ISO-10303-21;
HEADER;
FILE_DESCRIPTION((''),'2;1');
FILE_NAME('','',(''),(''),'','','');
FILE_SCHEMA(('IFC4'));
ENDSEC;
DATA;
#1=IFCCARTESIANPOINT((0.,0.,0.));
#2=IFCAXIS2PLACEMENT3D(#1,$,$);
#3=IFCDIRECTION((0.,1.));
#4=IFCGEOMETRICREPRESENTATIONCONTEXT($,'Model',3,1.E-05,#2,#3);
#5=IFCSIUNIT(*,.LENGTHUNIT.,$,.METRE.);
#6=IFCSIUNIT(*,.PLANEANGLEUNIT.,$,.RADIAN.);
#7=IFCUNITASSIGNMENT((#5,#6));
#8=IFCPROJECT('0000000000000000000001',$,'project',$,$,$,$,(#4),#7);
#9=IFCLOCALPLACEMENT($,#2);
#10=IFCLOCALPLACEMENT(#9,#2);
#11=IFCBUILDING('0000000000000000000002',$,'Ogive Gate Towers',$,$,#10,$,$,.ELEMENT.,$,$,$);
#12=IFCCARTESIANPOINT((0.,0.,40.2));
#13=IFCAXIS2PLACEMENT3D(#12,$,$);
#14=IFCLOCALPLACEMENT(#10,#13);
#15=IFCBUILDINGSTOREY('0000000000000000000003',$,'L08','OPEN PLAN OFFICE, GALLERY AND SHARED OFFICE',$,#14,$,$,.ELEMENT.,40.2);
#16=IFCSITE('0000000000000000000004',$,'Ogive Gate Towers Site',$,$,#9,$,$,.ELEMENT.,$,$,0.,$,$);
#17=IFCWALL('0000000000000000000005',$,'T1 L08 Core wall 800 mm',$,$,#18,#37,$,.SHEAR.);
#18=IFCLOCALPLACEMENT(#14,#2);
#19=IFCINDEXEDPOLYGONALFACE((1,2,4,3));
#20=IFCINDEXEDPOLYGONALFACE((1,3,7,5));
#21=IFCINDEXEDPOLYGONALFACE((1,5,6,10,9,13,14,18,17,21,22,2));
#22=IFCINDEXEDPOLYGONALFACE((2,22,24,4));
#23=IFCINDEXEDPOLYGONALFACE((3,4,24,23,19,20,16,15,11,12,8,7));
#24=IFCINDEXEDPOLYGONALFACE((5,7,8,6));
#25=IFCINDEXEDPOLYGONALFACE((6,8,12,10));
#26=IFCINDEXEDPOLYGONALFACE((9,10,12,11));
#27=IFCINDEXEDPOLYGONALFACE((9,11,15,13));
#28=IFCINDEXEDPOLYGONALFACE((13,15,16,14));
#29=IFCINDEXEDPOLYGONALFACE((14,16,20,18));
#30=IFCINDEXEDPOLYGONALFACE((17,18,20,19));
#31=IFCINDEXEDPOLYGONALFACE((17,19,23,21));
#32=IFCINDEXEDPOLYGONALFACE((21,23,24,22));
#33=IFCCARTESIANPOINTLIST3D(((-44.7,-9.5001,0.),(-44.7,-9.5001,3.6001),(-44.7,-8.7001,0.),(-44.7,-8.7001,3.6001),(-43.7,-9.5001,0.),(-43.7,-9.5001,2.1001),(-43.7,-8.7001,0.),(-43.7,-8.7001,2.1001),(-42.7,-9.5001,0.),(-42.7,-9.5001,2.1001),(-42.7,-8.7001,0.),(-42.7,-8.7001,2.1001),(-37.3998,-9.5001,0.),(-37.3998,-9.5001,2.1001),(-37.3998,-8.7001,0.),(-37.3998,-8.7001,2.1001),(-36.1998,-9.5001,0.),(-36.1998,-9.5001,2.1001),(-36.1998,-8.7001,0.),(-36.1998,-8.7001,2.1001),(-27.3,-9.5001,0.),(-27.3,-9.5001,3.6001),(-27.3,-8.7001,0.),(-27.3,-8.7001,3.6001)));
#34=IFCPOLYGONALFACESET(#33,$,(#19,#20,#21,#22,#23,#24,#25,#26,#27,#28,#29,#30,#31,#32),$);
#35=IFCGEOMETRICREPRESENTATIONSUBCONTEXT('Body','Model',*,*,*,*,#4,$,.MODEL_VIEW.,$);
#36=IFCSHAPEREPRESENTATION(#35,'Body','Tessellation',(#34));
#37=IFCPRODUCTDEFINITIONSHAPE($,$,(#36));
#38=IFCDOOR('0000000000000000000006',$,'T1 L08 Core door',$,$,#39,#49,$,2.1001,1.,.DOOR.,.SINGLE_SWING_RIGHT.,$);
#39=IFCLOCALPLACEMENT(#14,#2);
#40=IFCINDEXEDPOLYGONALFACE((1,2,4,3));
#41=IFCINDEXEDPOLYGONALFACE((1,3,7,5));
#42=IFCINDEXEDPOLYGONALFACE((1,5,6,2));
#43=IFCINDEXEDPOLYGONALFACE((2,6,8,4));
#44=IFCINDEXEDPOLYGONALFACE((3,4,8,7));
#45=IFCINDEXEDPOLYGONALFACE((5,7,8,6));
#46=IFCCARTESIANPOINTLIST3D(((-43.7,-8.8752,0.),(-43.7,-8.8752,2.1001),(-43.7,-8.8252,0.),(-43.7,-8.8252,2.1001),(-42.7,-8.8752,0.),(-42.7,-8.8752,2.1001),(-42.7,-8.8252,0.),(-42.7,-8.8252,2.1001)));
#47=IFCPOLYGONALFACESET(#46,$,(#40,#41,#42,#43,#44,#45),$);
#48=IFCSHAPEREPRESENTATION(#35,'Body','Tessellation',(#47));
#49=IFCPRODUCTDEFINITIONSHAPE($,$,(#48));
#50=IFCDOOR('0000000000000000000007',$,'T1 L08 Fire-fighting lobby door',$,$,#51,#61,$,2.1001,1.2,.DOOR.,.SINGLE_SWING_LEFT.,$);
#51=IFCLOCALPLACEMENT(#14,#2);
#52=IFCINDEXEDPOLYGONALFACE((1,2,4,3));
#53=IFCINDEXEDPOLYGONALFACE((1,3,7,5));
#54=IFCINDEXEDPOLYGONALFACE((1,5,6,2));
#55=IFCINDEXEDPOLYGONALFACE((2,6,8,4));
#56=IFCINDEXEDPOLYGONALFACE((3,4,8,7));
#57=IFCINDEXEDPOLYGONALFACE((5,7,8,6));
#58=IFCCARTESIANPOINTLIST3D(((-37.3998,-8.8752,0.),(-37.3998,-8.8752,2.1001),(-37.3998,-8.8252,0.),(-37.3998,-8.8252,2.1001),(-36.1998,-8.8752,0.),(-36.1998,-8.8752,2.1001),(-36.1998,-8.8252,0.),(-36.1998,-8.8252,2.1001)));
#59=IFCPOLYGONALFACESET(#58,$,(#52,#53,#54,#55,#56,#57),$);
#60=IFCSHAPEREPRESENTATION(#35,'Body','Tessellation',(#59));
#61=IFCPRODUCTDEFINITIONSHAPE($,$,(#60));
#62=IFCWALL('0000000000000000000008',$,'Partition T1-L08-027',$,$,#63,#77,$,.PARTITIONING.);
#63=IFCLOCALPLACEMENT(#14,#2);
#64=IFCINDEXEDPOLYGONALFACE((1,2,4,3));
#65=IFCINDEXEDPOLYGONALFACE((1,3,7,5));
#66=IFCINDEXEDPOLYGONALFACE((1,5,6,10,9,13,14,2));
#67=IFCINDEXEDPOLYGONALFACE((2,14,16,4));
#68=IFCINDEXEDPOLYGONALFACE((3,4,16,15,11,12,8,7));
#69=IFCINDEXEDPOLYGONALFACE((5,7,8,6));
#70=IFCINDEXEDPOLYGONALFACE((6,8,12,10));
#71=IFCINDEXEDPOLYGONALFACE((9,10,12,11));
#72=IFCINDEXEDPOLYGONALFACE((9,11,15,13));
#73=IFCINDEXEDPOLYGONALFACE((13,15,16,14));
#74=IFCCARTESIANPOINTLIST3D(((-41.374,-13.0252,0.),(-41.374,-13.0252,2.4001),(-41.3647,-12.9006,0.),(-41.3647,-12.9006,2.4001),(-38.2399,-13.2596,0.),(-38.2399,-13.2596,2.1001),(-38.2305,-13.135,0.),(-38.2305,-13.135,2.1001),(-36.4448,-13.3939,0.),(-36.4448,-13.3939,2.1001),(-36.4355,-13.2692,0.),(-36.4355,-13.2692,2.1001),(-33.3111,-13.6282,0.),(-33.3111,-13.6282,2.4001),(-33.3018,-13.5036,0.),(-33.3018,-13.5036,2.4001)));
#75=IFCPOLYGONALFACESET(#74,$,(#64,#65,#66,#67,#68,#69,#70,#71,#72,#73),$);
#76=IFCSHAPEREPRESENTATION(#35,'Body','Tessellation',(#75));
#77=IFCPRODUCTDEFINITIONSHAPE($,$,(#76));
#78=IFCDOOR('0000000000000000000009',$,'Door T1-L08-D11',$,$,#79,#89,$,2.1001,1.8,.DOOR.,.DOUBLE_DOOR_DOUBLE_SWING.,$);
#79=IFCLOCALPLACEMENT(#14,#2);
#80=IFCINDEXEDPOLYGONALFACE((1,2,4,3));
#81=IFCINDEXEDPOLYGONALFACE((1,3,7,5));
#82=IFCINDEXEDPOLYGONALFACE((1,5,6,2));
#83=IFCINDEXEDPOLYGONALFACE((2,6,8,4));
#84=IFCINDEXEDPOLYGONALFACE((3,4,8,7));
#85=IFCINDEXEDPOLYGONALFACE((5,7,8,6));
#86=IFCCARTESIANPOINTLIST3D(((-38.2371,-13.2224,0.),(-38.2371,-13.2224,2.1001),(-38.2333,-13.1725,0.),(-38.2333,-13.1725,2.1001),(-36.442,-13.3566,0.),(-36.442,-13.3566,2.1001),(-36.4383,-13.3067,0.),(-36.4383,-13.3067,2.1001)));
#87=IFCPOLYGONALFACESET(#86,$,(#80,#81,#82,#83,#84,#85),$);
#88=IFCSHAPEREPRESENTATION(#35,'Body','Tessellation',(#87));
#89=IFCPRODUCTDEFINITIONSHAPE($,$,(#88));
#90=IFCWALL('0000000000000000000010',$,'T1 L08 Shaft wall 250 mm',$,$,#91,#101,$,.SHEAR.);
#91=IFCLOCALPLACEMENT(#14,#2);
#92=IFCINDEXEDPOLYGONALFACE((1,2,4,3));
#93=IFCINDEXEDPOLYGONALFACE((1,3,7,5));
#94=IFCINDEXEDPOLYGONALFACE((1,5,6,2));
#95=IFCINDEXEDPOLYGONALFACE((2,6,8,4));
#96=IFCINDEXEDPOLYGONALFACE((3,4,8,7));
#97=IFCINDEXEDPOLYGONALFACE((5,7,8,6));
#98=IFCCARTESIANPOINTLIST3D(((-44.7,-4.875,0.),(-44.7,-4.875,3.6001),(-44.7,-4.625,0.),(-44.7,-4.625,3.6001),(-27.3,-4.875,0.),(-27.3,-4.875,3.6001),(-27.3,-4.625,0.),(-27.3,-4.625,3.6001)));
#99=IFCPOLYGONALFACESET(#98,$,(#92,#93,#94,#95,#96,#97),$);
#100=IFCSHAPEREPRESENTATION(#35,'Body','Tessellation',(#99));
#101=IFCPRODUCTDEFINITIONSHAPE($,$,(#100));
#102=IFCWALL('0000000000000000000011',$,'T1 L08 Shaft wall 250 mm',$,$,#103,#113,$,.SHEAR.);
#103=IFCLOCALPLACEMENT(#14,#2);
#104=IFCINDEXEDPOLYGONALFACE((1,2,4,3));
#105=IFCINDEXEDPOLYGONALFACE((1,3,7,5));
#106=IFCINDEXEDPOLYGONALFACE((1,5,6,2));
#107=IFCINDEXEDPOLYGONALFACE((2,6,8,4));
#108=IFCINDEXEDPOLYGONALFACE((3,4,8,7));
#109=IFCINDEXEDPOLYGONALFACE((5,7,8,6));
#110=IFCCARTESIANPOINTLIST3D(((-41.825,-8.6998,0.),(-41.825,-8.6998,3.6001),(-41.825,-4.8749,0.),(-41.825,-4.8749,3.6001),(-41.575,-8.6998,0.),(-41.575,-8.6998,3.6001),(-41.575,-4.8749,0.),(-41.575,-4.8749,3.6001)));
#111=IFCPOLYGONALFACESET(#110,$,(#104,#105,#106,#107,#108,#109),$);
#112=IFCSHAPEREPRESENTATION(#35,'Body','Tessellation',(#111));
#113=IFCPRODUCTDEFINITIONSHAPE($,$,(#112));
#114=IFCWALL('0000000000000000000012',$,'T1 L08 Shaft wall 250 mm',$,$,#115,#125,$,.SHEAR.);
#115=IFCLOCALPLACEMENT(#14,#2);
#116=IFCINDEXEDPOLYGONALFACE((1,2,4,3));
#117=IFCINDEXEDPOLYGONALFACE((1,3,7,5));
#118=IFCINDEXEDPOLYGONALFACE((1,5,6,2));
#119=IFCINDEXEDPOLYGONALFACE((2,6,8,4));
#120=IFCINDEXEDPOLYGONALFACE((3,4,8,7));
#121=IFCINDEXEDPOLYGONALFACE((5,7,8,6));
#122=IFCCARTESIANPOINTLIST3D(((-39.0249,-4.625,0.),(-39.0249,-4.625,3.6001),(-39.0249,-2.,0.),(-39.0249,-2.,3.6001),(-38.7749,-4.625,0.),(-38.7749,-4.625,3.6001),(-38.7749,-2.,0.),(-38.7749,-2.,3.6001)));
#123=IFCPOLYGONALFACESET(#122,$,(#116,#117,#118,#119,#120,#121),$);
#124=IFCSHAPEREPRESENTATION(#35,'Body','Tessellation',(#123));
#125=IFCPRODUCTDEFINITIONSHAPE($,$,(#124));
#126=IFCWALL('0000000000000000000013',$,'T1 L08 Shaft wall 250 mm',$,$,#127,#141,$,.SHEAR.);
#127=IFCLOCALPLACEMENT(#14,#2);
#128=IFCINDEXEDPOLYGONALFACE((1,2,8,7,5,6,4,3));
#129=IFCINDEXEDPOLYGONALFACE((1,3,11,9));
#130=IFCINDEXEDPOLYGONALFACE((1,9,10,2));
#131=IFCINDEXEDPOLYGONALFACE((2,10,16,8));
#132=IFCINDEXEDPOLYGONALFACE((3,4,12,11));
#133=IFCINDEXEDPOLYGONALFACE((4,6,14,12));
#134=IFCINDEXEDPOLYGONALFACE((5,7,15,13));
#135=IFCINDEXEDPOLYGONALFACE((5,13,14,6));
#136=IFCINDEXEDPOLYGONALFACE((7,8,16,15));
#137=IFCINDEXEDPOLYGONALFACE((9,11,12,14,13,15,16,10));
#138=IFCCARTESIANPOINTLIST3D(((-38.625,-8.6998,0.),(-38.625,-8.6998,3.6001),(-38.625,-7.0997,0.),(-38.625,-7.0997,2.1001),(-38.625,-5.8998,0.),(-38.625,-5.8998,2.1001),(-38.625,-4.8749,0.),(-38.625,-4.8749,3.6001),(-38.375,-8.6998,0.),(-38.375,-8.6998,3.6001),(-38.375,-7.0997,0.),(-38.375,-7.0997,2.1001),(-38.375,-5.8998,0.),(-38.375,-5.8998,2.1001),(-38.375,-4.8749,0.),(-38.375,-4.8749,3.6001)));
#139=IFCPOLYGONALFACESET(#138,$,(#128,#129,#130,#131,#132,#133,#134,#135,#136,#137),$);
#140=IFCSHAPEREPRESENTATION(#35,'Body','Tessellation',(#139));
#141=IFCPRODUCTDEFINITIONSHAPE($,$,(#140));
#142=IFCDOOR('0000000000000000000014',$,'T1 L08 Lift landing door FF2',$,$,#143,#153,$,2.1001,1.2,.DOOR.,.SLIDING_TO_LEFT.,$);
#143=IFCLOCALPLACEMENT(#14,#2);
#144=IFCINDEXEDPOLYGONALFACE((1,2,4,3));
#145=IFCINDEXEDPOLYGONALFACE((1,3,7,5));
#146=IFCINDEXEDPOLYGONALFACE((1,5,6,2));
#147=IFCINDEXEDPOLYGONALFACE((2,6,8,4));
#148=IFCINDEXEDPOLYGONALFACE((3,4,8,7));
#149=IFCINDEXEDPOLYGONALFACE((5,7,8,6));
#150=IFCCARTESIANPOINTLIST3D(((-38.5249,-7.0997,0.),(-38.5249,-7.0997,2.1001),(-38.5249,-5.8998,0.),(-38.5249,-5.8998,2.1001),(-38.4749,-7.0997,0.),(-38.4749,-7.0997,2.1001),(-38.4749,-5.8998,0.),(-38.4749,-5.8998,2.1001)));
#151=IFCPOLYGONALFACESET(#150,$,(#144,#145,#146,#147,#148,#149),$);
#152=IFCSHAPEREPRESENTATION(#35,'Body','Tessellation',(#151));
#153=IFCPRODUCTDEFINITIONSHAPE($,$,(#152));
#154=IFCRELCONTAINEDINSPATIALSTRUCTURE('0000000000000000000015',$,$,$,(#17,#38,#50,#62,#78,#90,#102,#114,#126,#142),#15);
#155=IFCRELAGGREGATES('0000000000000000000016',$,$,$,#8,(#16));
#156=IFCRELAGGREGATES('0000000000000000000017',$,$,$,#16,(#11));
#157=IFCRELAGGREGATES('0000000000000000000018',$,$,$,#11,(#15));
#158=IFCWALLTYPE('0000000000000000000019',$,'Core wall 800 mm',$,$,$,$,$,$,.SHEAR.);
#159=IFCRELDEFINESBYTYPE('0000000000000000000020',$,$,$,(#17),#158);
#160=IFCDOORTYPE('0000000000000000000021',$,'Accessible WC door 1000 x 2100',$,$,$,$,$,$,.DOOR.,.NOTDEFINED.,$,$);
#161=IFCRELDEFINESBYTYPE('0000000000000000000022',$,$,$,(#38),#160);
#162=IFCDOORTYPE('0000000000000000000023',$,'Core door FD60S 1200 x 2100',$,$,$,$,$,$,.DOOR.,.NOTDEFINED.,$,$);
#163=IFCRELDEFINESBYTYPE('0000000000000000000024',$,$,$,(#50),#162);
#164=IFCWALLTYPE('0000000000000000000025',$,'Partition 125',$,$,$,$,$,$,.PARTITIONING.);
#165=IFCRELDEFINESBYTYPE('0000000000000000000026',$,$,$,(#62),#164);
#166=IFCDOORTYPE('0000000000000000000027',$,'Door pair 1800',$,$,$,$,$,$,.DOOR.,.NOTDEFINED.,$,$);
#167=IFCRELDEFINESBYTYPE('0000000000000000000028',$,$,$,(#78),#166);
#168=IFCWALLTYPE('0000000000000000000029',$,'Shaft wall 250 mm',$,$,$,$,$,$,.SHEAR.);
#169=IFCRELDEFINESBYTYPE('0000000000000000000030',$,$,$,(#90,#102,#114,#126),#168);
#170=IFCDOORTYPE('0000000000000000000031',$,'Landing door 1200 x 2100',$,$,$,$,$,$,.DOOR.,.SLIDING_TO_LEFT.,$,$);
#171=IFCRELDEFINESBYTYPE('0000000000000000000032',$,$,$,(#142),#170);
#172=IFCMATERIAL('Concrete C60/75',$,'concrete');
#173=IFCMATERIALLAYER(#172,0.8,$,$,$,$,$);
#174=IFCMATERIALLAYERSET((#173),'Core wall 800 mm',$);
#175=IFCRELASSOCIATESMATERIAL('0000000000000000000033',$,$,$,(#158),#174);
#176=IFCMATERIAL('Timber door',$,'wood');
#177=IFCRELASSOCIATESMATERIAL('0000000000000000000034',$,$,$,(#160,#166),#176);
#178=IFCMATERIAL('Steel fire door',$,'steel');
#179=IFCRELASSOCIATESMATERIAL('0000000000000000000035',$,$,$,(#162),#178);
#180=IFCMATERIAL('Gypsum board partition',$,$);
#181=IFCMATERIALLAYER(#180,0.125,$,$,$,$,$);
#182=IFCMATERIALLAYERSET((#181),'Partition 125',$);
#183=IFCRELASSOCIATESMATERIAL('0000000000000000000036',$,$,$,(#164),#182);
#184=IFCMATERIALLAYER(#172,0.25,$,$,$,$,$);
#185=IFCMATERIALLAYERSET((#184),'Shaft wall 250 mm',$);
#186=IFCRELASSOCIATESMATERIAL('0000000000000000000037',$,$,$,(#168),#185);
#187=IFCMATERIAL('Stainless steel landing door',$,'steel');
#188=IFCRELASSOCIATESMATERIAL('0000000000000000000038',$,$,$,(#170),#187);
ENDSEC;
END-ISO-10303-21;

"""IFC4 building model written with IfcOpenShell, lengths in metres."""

from ifc_helpers import new_model, si_unit, direction, frame, frame_2d, origin, place, context, subcontext, project, spatial, rectangle, extrude, material, layer, layer_set, type_object, element, fill, save


model = new_model("IFC4")

# Units and contexts
model_context = context("Model", 3, precision=1e-05, world=origin(), true_north=direction((0.0, 1.0)))
body_context = subcontext(model_context, "Body", "Model", "MODEL_VIEW")
ifc_project = project(units=[si_unit("LENGTHUNIT", "METRE"), si_unit("PLANEANGLEUNIT", "RADIAN")], contexts=[model_context])

# Site, building, storey
site_placement = place(None, origin())
site = spatial("IfcSite", under=ifc_project, at=site_placement, Name="Ogive Gate Towers Site", CompositionType="ELEMENT", RefElevation=0.0)
building_placement = place(site_placement, origin())
building = spatial("IfcBuilding", under=site, at=building_placement, Name="Ogive Gate Towers", CompositionType="ELEMENT")
storey_placement = place(building_placement, frame((0.0, 0.0, 40.2)))
storey = spatial("IfcBuildingStorey", under=building, at=storey_placement, Name="L08", Description="OPEN PLAN OFFICE, GALLERY AND SHARED OFFICE", CompositionType="ELEMENT", Elevation=40.2)

# Wall, openings, doors
ifc_material_1 = material(Name="Concrete C60/75", Category="concrete")
ifc_layer_1 = layer(ifc_material_1, 0.8)
ifc_layer_set_1 = layer_set([ifc_layer_1], Name="Core wall 800 mm")
wall_type_1 = type_object("IfcWallType", Name="Core wall 800 mm", PredefinedType="SHEAR", material=ifc_layer_set_1)
wall_1_placement = place(storey_placement, frame((-44.7, -9.1001, 0.0), z_axis=(0.0, 0.0, 1.0), x_axis=(1.0, 0.0, 0.0)))
wall_1 = element("IfcWall", 1, at=wall_1_placement, inside=storey, type_object=wall_type_1, Name="T1 L08 Core wall 800 mm", PredefinedType="SHEAR", context=body_context, shape_type="SweptSolid", body=[
    extrude(rectangle(XDim=17.3999, YDim=0.8, at=frame_2d((8.7, 0.0))), origin(), (0.0, 0.0, 1.0), 3.6001),
])
opening_1_placement = place(wall_1_placement, frame((7.3, 0.0, 0.0)))
opening_1 = element("IfcOpeningElement", 2, at=opening_1_placement, cuts=wall_1, PredefinedType="OPENING", context=body_context, shape_type="SweptSolid", body=[
    extrude(rectangle(XDim=1.2, YDim=2.1001, at=frame_2d((0.6001, 1.05))), frame((0.0, 0.4102, 0.0), z_axis=(0.0, -1.0, 0.0), x_axis=(1.0, 0.0, 0.0)), (0.0, 0.0, 1.0), 0.8201),
])
opening_2_placement = place(wall_1_placement, frame((1.0, 0.0, 0.0)))
opening_2 = element("IfcOpeningElement", 3, at=opening_2_placement, cuts=wall_1, PredefinedType="OPENING", context=body_context, shape_type="SweptSolid", body=[
    extrude(rectangle(XDim=1.0, YDim=2.1001, at=frame_2d((0.5, 1.05))), frame((0.0, 0.4102, 0.0), z_axis=(0.0, -1.0, 0.0), x_axis=(1.0, 0.0, 0.0)), (0.0, 0.0, 1.0), 0.8201),
])
ifc_material_2 = material(Name="Timber door", Category="wood")
door_type_1 = type_object("IfcDoorType", Name="Accessible WC door 1000 x 2100", OperationType="NOTDEFINED", PredefinedType="DOOR", material=ifc_material_2)
door_1_placement = place(opening_2_placement, origin())
door_1 = element("IfcDoor", 4, at=door_1_placement, inside=storey, type_object=door_type_1, Name="T1 L08 Core door", OperationType="SINGLE_SWING_RIGHT", OverallHeight=2.1001, OverallWidth=1.0, PredefinedType="DOOR", context=body_context, shape_type="SweptSolid", body=[
    extrude(rectangle(XDim=1.0, YDim=2.1001, at=frame_2d((0.5, 1.05))), frame((0.0, 0.2749, 0.0), z_axis=(0.0, -1.0, 0.0), x_axis=(1.0, 0.0, 0.0)), (0.0, 0.0, 1.0), 0.05),
])
fill(opening_2, door_1)
ifc_material_3 = material(Name="Steel fire door", Category="steel")
door_type_2 = type_object("IfcDoorType", Name="Core door FD60S 1200 x 2100", OperationType="NOTDEFINED", PredefinedType="DOOR", material=ifc_material_3)
door_2_placement = place(opening_1_placement, origin())
door_2 = element("IfcDoor", 5, at=door_2_placement, inside=storey, type_object=door_type_2, Name="T1 L08 Fire-fighting lobby door", OperationType="SINGLE_SWING_LEFT", OverallHeight=2.1001, OverallWidth=1.2, PredefinedType="DOOR", context=body_context, shape_type="SweptSolid", body=[
    extrude(rectangle(XDim=1.2, YDim=2.1001, at=frame_2d((0.6001, 1.05))), frame((0.0, 0.2749, 0.0), z_axis=(0.0, -1.0, 0.0), x_axis=(1.0, 0.0, 0.0)), (0.0, 0.0, 1.0), 0.05),
])
fill(opening_1, door_2)

# Wall, opening, door
ifc_material_4 = material(Name="Gypsum board partition")
ifc_layer_2 = layer(ifc_material_4, 0.125)
ifc_layer_set_2 = layer_set([ifc_layer_2], Name="Partition 125")
wall_type_2 = type_object("IfcWallType", Name="Partition 125", PredefinedType="PARTITIONING", material=ifc_layer_set_2)
wall_2_placement = place(storey_placement, frame((-41.3694, -12.9629, 0.0), z_axis=(0.0, 0.0, 1.0), x_axis=(0.997215, -0.074581, 0.0)))
wall_2 = element("IfcWall", 6, at=wall_2_placement, inside=storey, type_object=wall_type_2, Name="Partition T1-L08-027", PredefinedType="PARTITIONING", context=body_context, shape_type="SweptSolid", body=[
    extrude(rectangle(XDim=8.0854, YDim=0.125, at=frame_2d((4.0427, 0.0))), origin(), (0.0, 0.0, 1.0), 2.4001),
])
opening_3_placement = place(wall_2_placement, frame((3.1431, 0.0, 0.0)))
opening_3 = element("IfcOpeningElement", 7, at=opening_3_placement, cuts=wall_2, PredefinedType="OPENING", context=body_context, shape_type="SweptSolid", body=[
    extrude(rectangle(XDim=1.8, YDim=2.1001, at=frame_2d((0.8999, 1.05))), frame((0.0, 0.0725, 0.0), z_axis=(0.0, -1.0, 0.0), x_axis=(1.0, 0.0, 0.0)), (0.0, 0.0, 1.0), 0.145),
])
door_type_3 = type_object("IfcDoorType", Name="Door pair 1800", OperationType="NOTDEFINED", PredefinedType="DOOR", material=ifc_material_2)
door_3_placement = place(opening_3_placement, origin())
door_3 = element("IfcDoor", 8, at=door_3_placement, inside=storey, type_object=door_type_3, Name="Door T1-L08-D11", OperationType="DOUBLE_DOOR_DOUBLE_SWING", OverallHeight=2.1001, OverallWidth=1.8, PredefinedType="DOOR", context=body_context, shape_type="SweptSolid", body=[
    extrude(rectangle(XDim=1.8, YDim=2.1001, at=frame_2d((0.8999, 1.05))), frame((0.0, 0.0249, 0.0), z_axis=(0.0, -1.0, 0.0), x_axis=(1.0, 0.0, 0.0)), (0.0, 0.0, 1.0), 0.05),
])
fill(opening_3, door_3)

# Walls
ifc_layer_3 = layer(ifc_material_1, 0.25)
ifc_layer_set_3 = layer_set([ifc_layer_3], Name="Shaft wall 250 mm")
wall_type_3 = type_object("IfcWallType", Name="Shaft wall 250 mm", PredefinedType="SHEAR", material=ifc_layer_set_3)
wall_3_placement = place(storey_placement, frame((-44.7, -4.75, 0.0), z_axis=(0.0, 0.0, 1.0), x_axis=(1.0, 0.0, 0.0)))
element("IfcWall", 9, at=wall_3_placement, inside=storey, type_object=wall_type_3, Name="T1 L08 Shaft wall 250 mm", PredefinedType="SHEAR", context=body_context, shape_type="SweptSolid", body=[
    extrude(rectangle(XDim=17.3999, YDim=0.25, at=frame_2d((8.7, 0.0))), origin(), (0.0, 0.0, 1.0), 3.6001),
])
wall_4_placement = place(storey_placement, frame((-41.7, -8.7, 0.0), z_axis=(0.0, 0.0, 1.0), x_axis=(0.0, 1.0, 0.0)))
element("IfcWall", 10, at=wall_4_placement, inside=storey, type_object=wall_type_3, Name="T1 L08 Shaft wall 250 mm", PredefinedType="SHEAR", context=body_context, shape_type="SweptSolid", body=[
    extrude(rectangle(XDim=3.825, YDim=0.25, at=frame_2d((1.9126, 0.0))), origin(), (0.0, 0.0, 1.0), 3.6001),
])
wall_5_placement = place(storey_placement, frame((-38.8999, -4.625, 0.0), z_axis=(0.0, 0.0, 1.0), x_axis=(0.0, 1.0, 0.0)))
element("IfcWall", 11, at=wall_5_placement, inside=storey, type_object=wall_type_3, Name="T1 L08 Shaft wall 250 mm", PredefinedType="SHEAR", context=body_context, shape_type="SweptSolid", body=[
    extrude(rectangle(XDim=2.625, YDim=0.25, at=frame_2d((1.3125, 0.0))), origin(), (0.0, 0.0, 1.0), 3.6001),
])

# Wall, opening, door
wall_6_placement = place(storey_placement, frame((-38.5, -8.7, 0.0), z_axis=(0.0, 0.0, 1.0), x_axis=(0.0, 1.0, 0.0)))
wall_6 = element("IfcWall", 12, at=wall_6_placement, inside=storey, type_object=wall_type_3, Name="T1 L08 Shaft wall 250 mm", PredefinedType="SHEAR", context=body_context, shape_type="SweptSolid", body=[
    extrude(rectangle(XDim=3.825, YDim=0.25, at=frame_2d((1.9126, 0.0))), origin(), (0.0, 0.0, 1.0), 3.6001),
])
opening_4_placement = place(wall_6_placement, frame((1.6001, 0.0, 0.0)))
opening_4 = element("IfcOpeningElement", 13, at=opening_4_placement, cuts=wall_6, PredefinedType="OPENING", context=body_context, shape_type="SweptSolid", body=[
    extrude(rectangle(XDim=1.2, YDim=2.1001, at=frame_2d((0.6001, 1.05))), frame((0.0, 0.135, 0.0), z_axis=(0.0, -1.0, 0.0), x_axis=(1.0, 0.0, 0.0)), (0.0, 0.0, 1.0), 0.27),
])
ifc_material_5 = material(Name="Stainless steel landing door", Category="steel")
door_type_4 = type_object("IfcDoorType", Name="Landing door 1200 x 2100", OperationType="SLIDING_TO_LEFT", PredefinedType="DOOR", material=ifc_material_5)
door_4_placement = place(opening_4_placement, origin())
door_4 = element("IfcDoor", 14, at=door_4_placement, inside=storey, type_object=door_type_4, Name="T1 L08 Lift landing door FF2", OperationType="SLIDING_TO_LEFT", OverallHeight=2.1001, OverallWidth=1.2, PredefinedType="DOOR", context=body_context, shape_type="SweptSolid", body=[
    extrude(rectangle(XDim=1.2, YDim=2.1001, at=frame_2d((0.6001, 1.05))), frame((0.0, 0.0249, 0.0), z_axis=(0.0, -1.0, 0.0), x_axis=(1.0, 0.0, 0.0)), (0.0, 0.0, 1.0), 0.05),
])
fill(opening_4, door_4)

save(model, "model.ifc")
